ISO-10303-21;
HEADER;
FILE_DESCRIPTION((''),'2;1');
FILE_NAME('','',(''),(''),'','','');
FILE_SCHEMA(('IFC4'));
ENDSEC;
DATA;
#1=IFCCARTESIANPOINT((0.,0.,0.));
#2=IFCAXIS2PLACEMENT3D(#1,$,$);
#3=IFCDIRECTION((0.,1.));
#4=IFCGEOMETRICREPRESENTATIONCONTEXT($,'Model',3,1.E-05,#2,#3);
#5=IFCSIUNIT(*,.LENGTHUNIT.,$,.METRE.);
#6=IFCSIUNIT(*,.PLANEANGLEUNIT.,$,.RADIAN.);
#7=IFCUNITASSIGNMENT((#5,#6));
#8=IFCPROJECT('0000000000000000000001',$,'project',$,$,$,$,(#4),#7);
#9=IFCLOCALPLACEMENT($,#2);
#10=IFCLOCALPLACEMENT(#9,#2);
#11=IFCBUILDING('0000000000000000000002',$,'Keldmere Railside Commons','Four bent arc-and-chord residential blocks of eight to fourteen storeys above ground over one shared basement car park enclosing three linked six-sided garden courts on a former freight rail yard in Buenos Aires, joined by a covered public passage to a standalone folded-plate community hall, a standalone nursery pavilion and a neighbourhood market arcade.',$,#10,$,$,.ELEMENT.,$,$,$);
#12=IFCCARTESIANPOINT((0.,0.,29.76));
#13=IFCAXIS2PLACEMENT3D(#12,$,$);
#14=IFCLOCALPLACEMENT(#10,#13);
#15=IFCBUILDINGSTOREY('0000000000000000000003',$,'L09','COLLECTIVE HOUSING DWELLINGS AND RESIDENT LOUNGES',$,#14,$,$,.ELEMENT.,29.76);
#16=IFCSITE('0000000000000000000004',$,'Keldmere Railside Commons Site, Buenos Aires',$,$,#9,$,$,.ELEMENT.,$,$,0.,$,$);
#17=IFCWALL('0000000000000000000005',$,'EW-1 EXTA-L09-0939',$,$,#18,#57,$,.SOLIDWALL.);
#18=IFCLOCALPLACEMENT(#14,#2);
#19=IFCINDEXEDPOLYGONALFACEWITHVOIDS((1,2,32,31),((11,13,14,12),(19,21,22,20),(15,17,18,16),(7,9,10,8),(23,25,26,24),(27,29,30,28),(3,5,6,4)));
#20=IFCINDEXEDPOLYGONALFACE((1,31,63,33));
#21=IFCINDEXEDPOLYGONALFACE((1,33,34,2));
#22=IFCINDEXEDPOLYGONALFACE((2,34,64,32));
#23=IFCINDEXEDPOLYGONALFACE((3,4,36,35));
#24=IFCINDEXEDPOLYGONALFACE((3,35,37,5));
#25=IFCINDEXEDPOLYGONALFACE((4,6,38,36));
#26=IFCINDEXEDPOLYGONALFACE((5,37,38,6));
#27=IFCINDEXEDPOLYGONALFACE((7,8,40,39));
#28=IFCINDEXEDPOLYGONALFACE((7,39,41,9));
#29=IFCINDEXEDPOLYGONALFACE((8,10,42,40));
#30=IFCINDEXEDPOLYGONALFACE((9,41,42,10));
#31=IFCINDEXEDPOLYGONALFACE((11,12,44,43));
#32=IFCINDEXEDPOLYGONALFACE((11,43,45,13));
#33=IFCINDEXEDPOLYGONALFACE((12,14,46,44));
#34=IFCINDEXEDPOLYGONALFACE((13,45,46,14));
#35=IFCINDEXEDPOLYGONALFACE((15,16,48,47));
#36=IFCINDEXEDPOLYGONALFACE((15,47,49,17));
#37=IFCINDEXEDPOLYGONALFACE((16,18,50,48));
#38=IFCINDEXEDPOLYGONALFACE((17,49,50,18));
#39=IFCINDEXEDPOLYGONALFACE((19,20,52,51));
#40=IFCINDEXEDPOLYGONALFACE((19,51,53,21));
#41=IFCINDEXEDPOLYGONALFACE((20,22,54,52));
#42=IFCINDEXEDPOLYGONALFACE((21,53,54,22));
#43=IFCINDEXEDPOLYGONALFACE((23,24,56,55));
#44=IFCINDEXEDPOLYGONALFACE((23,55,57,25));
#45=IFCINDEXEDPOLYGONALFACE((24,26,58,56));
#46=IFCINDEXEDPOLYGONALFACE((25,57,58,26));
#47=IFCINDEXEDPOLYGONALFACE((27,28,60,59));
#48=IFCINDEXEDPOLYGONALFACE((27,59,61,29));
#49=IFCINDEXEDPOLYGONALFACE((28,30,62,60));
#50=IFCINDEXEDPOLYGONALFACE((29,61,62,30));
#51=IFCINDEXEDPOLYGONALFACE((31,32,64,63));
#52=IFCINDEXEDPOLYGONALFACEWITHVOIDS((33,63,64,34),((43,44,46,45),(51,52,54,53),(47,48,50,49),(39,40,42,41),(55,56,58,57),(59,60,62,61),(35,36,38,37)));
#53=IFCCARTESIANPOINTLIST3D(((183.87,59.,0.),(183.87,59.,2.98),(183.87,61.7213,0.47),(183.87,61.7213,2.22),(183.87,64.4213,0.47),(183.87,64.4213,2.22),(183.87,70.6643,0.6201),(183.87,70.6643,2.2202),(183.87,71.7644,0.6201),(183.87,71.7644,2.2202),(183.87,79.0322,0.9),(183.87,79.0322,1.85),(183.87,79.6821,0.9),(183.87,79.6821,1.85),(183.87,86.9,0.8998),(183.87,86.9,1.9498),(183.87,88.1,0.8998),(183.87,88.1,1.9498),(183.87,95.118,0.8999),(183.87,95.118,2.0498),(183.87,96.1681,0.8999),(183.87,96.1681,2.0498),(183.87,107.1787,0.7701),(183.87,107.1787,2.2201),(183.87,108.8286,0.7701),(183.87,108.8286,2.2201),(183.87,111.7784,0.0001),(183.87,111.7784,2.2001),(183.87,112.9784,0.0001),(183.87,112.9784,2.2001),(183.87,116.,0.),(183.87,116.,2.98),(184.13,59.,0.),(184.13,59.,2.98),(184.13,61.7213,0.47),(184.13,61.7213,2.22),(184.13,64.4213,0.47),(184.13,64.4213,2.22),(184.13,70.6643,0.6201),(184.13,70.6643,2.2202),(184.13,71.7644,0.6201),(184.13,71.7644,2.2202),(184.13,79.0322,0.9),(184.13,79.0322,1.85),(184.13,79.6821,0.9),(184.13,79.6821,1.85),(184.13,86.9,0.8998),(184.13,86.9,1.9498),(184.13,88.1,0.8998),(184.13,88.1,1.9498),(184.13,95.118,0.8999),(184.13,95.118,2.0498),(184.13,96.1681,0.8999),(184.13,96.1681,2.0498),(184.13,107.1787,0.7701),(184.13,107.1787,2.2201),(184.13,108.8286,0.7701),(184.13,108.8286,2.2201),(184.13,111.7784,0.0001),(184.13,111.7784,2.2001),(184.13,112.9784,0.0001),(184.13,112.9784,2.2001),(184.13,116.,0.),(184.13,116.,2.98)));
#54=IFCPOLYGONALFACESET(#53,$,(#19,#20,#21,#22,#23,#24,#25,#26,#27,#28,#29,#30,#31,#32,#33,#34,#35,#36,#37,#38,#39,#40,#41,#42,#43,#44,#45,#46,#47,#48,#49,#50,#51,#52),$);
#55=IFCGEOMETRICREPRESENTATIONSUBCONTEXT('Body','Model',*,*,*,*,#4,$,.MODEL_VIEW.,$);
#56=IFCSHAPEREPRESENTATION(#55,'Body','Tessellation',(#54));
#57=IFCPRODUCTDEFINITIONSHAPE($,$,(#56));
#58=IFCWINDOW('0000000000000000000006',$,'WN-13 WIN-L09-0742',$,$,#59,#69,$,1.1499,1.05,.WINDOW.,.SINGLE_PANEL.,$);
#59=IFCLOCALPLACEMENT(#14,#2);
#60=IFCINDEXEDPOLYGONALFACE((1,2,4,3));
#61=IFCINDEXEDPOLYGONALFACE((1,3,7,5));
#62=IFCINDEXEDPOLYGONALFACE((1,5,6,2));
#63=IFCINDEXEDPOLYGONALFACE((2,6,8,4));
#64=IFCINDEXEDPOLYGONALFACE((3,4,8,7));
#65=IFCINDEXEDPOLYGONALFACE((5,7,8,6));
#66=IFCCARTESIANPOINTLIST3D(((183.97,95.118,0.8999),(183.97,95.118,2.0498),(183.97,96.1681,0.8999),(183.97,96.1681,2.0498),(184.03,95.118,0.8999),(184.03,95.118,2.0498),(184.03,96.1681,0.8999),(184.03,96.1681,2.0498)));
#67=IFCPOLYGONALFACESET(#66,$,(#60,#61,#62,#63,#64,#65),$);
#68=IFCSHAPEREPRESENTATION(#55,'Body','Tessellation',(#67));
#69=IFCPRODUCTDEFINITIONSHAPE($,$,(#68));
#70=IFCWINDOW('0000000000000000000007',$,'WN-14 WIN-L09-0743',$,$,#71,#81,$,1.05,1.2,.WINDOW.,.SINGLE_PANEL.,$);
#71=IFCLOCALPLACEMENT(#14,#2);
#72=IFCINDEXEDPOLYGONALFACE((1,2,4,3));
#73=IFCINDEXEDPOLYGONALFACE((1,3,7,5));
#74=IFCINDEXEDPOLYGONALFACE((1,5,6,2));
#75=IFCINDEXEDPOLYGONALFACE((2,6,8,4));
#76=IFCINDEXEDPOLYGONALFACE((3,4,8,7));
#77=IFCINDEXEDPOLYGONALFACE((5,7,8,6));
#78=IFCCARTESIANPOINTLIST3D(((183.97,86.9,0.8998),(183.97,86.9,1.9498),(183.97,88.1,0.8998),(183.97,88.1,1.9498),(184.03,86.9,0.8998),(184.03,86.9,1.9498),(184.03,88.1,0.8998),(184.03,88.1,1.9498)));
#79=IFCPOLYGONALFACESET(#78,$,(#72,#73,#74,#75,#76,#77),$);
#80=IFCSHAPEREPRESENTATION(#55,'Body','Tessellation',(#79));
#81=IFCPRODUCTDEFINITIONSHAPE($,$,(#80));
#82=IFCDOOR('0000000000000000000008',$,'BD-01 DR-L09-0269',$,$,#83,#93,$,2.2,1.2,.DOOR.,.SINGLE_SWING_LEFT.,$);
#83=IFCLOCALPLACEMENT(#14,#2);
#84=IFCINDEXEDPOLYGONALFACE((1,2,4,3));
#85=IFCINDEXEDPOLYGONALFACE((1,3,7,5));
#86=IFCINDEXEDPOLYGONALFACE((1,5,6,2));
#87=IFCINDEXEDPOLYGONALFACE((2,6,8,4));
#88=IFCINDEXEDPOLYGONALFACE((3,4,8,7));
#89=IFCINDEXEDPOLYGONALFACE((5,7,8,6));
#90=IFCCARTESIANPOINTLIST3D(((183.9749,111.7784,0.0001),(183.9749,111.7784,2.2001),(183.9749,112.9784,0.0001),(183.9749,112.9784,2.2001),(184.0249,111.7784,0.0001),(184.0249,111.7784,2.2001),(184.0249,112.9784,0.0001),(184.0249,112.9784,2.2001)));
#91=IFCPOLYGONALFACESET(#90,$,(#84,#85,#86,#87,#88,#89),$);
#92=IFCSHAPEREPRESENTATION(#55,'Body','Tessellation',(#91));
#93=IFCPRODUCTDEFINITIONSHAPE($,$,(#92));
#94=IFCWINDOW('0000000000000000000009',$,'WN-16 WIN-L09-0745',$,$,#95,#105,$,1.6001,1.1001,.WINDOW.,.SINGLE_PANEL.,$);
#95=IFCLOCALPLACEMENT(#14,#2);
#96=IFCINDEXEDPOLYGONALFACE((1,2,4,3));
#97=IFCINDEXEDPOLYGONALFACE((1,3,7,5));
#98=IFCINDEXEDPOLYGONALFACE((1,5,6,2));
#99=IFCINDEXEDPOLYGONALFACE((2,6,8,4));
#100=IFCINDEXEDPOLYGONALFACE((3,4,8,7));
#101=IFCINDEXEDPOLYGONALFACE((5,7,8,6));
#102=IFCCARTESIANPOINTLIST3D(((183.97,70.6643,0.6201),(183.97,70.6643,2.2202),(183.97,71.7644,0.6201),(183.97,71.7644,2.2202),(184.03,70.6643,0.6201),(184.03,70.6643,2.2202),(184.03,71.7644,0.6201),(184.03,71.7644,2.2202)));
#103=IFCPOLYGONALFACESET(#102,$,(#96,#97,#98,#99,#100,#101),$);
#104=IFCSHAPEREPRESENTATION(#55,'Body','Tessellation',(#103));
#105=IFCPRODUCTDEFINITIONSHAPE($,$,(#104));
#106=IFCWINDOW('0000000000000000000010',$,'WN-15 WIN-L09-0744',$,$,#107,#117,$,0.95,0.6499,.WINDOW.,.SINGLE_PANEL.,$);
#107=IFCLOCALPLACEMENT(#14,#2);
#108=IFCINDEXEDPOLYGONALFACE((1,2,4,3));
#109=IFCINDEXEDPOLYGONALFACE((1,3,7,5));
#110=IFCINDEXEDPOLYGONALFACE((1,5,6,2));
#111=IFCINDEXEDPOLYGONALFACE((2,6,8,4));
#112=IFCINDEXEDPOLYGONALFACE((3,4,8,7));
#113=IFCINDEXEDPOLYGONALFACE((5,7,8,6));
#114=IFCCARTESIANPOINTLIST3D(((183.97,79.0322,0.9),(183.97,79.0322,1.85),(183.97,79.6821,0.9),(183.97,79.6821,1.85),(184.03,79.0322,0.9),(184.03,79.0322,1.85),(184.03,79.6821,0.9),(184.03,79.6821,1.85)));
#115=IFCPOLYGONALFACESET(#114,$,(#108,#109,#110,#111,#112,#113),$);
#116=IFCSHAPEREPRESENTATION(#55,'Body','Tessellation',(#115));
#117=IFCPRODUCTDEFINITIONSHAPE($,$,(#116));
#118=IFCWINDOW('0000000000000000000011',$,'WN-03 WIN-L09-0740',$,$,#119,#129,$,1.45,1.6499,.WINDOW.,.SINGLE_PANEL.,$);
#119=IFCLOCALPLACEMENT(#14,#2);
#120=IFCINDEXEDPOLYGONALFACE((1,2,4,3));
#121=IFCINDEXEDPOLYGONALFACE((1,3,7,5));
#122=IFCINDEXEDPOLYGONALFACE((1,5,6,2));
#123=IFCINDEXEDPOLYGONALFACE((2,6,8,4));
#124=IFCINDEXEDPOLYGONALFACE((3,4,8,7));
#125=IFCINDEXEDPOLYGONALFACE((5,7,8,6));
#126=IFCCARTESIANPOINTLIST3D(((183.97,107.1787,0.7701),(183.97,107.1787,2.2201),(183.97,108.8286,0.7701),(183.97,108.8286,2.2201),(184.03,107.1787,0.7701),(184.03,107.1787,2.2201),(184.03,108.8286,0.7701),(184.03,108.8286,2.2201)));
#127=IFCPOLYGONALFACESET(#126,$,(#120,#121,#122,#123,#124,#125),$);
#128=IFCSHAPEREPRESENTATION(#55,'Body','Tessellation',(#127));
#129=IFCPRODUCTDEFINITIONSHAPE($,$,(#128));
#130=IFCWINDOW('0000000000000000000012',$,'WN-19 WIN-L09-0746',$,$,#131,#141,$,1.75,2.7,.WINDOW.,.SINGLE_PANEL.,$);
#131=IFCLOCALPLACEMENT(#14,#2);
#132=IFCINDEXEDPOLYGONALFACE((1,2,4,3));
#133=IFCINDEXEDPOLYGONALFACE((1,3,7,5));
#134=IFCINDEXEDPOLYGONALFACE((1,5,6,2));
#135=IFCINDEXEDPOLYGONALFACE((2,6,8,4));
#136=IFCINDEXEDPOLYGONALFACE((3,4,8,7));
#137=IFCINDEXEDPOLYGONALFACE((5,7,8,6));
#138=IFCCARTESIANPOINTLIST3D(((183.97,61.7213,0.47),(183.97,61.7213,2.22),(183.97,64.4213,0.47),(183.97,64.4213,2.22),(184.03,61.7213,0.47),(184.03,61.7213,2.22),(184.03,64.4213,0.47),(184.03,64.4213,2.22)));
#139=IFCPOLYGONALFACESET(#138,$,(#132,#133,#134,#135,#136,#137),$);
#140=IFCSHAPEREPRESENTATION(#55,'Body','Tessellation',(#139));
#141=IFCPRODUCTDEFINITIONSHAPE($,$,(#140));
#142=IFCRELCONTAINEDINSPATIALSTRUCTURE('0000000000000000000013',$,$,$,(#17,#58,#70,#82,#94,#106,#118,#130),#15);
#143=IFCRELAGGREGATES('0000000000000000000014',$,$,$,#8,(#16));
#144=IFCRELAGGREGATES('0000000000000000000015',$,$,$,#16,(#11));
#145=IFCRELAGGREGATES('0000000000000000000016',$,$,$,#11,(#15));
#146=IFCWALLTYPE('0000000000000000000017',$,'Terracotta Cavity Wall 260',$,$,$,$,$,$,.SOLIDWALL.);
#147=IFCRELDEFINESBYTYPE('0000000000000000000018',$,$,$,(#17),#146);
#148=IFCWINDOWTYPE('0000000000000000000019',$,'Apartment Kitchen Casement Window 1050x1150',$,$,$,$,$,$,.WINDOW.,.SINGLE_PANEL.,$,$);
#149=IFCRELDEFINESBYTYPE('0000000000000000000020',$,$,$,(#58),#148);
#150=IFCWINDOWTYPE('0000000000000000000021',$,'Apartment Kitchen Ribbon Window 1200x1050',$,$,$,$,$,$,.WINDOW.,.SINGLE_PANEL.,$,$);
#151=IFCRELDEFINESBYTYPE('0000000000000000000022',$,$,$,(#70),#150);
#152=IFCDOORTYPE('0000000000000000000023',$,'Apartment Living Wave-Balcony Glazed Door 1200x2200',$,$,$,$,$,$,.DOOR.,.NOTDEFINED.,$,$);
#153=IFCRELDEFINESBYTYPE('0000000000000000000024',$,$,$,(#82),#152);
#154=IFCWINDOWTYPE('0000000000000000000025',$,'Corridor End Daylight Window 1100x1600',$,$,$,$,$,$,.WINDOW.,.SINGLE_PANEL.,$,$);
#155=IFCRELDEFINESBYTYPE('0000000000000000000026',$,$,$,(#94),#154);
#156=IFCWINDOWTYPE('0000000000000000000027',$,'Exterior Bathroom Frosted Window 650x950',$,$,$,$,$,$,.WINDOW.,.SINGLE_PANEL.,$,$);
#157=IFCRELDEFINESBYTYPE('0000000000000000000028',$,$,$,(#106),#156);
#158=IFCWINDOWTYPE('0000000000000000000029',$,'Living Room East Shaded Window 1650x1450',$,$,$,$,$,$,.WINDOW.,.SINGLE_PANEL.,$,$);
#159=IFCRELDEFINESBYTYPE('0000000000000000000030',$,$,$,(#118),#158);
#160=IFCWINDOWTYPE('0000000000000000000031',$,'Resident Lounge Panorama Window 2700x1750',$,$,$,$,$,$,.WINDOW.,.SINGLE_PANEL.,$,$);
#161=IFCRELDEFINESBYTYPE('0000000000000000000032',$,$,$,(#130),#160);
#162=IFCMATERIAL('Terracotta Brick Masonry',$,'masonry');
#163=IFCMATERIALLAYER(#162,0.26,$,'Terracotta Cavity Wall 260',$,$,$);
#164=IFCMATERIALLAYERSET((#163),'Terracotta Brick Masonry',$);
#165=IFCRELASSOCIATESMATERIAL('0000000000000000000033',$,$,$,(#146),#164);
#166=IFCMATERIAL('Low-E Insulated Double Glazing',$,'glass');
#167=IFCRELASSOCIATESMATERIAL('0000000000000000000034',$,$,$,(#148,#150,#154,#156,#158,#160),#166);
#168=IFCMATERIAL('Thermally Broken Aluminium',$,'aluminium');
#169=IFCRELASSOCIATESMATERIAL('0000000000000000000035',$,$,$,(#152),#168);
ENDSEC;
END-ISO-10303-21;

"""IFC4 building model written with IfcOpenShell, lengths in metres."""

from ifc_helpers import new_model, si_unit, direction, frame, frame_2d, origin, place, context, subcontext, project, spatial, rectangle, extrude, material, layer, layer_set, type_object, element, fill, save


model = new_model("IFC4")

# Units and contexts
model_context = context("Model", 3, precision=1e-05, world=origin(), true_north=direction((0.0, 1.0)))
body_context = subcontext(model_context, "Body", "Model", "MODEL_VIEW")
ifc_project = project(units=[si_unit("LENGTHUNIT", "METRE"), si_unit("PLANEANGLEUNIT", "RADIAN")], contexts=[model_context])

# Site, building, storey
site_placement = place(None, origin())
site = spatial("IfcSite", under=ifc_project, at=site_placement, Name="Keldmere Railside Commons Site, Buenos Aires", CompositionType="ELEMENT", RefElevation=0.0)
building_placement = place(site_placement, origin())
building = spatial("IfcBuilding", under=site, at=building_placement, Name="Keldmere Railside Commons", Description="Four bent arc-and-chord residential blocks of eight to fourteen storeys above ground over one shared basement car park enclosing three linked six-sided garden courts on a former freight rail yard in Buenos Aires, joined by a covered public passage to a standalone folded-plate community hall, a standalone nursery pavilion and a neighbourhood market arcade.", CompositionType="ELEMENT")
storey_placement = place(building_placement, frame((0.0, 0.0, 29.76)))
storey = spatial("IfcBuildingStorey", under=building, at=storey_placement, Name="L09", Description="COLLECTIVE HOUSING DWELLINGS AND RESIDENT LOUNGES", CompositionType="ELEMENT", Elevation=29.76)

# Wall, openings, windows, door
ifc_material_1 = material(Name="Terracotta Brick Masonry", Category="masonry")
ifc_layer = layer(ifc_material_1, 0.26, Name="Terracotta Cavity Wall 260")
ifc_layer_set = layer_set([ifc_layer], Name="Terracotta Brick Masonry")
wall_type = type_object("IfcWallType", Name="Terracotta Cavity Wall 260", PredefinedType="SOLIDWALL", material=ifc_layer_set)
wall_placement = place(storey_placement, frame((184.0, 116.0, 0.0), z_axis=(0.0, 0.0, 1.0), x_axis=(0.0, -1.0, 0.0)))
wall = element("IfcWall", 1, at=wall_placement, inside=storey, type_object=wall_type, Name="EW-1 EXTA-L09-0939", PredefinedType="SOLIDWALL", context=body_context, shape_type="SweptSolid", body=[
    extrude(rectangle(XDim=57.0, YDim=0.26, at=frame_2d((28.5, 0.0))), origin(), (0.0, 0.0, 1.0), 2.98),
])
opening_1_placement = place(wall_placement, frame((3.0215, 0.0, 0.0)))
opening_1 = element("IfcOpeningElement", 2, at=opening_1_placement, cuts=wall, PredefinedType="OPENING", context=body_context, shape_type="SweptSolid", body=[
    extrude(rectangle(XDim=1.2, YDim=2.2, at=frame_2d((0.6001, 1.1001))), frame((0.0, 0.1399, 0.0), z_axis=(0.0, -1.0, 0.0), x_axis=(1.0, 0.0, 0.0)), (0.0, 0.0, 1.0), 0.28),
])
opening_2_placement = place(wall_placement, frame((7.1714, 0.0, 0.77)))
opening_2 = element("IfcOpeningElement", 3, at=opening_2_placement, cuts=wall, PredefinedType="OPENING", context=body_context, shape_type="SweptSolid", body=[
    extrude(rectangle(XDim=1.6499, YDim=1.45, at=frame_2d((0.825, 0.7251))), frame((0.0, 0.1399, 0.0), z_axis=(0.0, -1.0, 0.0), x_axis=(1.0, 0.0, 0.0)), (0.0, 0.0, 1.0), 0.28),
])
opening_3_placement = place(wall_placement, frame((19.832, 0.0, 0.8999)))
opening_3 = element("IfcOpeningElement", 4, at=opening_3_placement, cuts=wall, PredefinedType="OPENING", context=body_context, shape_type="SweptSolid", body=[
    extrude(rectangle(XDim=1.05, YDim=1.1499, at=frame_2d((0.5249, 0.575))), frame((0.0, 0.1399, 0.0), z_axis=(0.0, -1.0, 0.0), x_axis=(1.0, 0.0, 0.0)), (0.0, 0.0, 1.0), 0.28),
])
opening_4_placement = place(wall_placement, frame((27.8999, 0.0, 0.8999)))
opening_4 = element("IfcOpeningElement", 5, at=opening_4_placement, cuts=wall, PredefinedType="OPENING", context=body_context, shape_type="SweptSolid", body=[
    extrude(rectangle(XDim=1.2, YDim=1.05, at=frame_2d((0.6001, 0.5249))), frame((0.0, 0.1399, 0.0), z_axis=(0.0, -1.0, 0.0), x_axis=(1.0, 0.0, 0.0)), (0.0, 0.0, 1.0), 0.28),
])
opening_5_placement = place(wall_placement, frame((36.3179, 0.0, 0.8999)))
opening_5 = element("IfcOpeningElement", 6, at=opening_5_placement, cuts=wall, PredefinedType="OPENING", context=body_context, shape_type="SweptSolid", body=[
    extrude(rectangle(XDim=0.6499, YDim=0.95, at=frame_2d((0.325, 0.4751))), frame((0.0, 0.1399, 0.0), z_axis=(0.0, -1.0, 0.0), x_axis=(1.0, 0.0, 0.0)), (0.0, 0.0, 1.0), 0.28),
])
opening_6_placement = place(wall_placement, frame((44.2356, 0.0, 0.6201)))
opening_6 = element("IfcOpeningElement", 7, at=opening_6_placement, cuts=wall, PredefinedType="OPENING", context=body_context, shape_type="SweptSolid", body=[
    extrude(rectangle(XDim=1.1001, YDim=1.6001, at=frame_2d((0.55, 0.8))), frame((0.0, 0.1399, 0.0), z_axis=(0.0, -1.0, 0.0), x_axis=(1.0, 0.0, 0.0)), (0.0, 0.0, 1.0), 0.28),
])
opening_7_placement = place(wall_placement, frame((51.5786, 0.0, 0.47)))
opening_7 = element("IfcOpeningElement", 8, at=opening_7_placement, cuts=wall, PredefinedType="OPENING", context=body_context, shape_type="SweptSolid", body=[
    extrude(rectangle(XDim=2.7, YDim=1.75, at=frame_2d((1.3501, 0.875))), frame((0.0, 0.1399, 0.0), z_axis=(0.0, -1.0, 0.0), x_axis=(1.0, 0.0, 0.0)), (0.0, 0.0, 1.0), 0.28),
])
ifc_material_2 = material(Name="Low-E Insulated Double Glazing", Category="glass")
window_type_1 = type_object("IfcWindowType", Name="Apartment Kitchen Casement Window 1050x1150", PartitioningType="SINGLE_PANEL", PredefinedType="WINDOW", material=ifc_material_2)
window_1_placement = place(opening_3_placement, origin())
window_1 = element("IfcWindow", 9, at=window_1_placement, inside=storey, type_object=window_type_1, Name="WN-13 WIN-L09-0742", OverallHeight=1.1499, OverallWidth=1.05, PartitioningType="SINGLE_PANEL", PredefinedType="WINDOW", context=body_context, shape_type="SweptSolid", body=[
    extrude(rectangle(XDim=1.05, YDim=1.1499, at=frame_2d((0.5249, 0.575))), frame((0.0, 0.03, 0.0), z_axis=(0.0, -1.0, 0.0), x_axis=(1.0, 0.0, 0.0)), (0.0, 0.0, 1.0), 0.0601),
])
fill(opening_3, window_1)
window_type_2 = type_object("IfcWindowType", Name="Apartment Kitchen Ribbon Window 1200x1050", PartitioningType="SINGLE_PANEL", PredefinedType="WINDOW", material=ifc_material_2)
window_2_placement = place(opening_4_placement, origin())
window_2 = element("IfcWindow", 10, at=window_2_placement, inside=storey, type_object=window_type_2, Name="WN-14 WIN-L09-0743", OverallHeight=1.05, OverallWidth=1.2, PartitioningType="SINGLE_PANEL", PredefinedType="WINDOW", context=body_context, shape_type="SweptSolid", body=[
    extrude(rectangle(XDim=1.2, YDim=1.05, at=frame_2d((0.6001, 0.5249))), frame((0.0, 0.03, 0.0), z_axis=(0.0, -1.0, 0.0), x_axis=(1.0, 0.0, 0.0)), (0.0, 0.0, 1.0), 0.0601),
])
fill(opening_4, window_2)
ifc_material_3 = material(Name="Thermally Broken Aluminium", Category="aluminium")
door_type = type_object("IfcDoorType", Name="Apartment Living Wave-Balcony Glazed Door 1200x2200", OperationType="NOTDEFINED", PredefinedType="DOOR", material=ifc_material_3)
door_placement = place(opening_1_placement, origin())
door = element("IfcDoor", 11, at=door_placement, inside=storey, type_object=door_type, Name="BD-01 DR-L09-0269", OperationType="SINGLE_SWING_LEFT", OverallHeight=2.2, OverallWidth=1.2, PredefinedType="DOOR", context=body_context, shape_type="SweptSolid", body=[
    extrude(rectangle(XDim=1.2, YDim=2.2, at=frame_2d((0.6001, 1.1001))), frame((0.0, 0.0249, 0.0), z_axis=(0.0, -1.0, 0.0), x_axis=(1.0, 0.0, 0.0)), (0.0, 0.0, 1.0), 0.05),
])
fill(opening_1, door)
window_type_3 = type_object("IfcWindowType", Name="Corridor End Daylight Window 1100x1600", PartitioningType="SINGLE_PANEL", PredefinedType="WINDOW", material=ifc_material_2)
window_3_placement = place(opening_6_placement, origin())
window_3 = element("IfcWindow", 12, at=window_3_placement, inside=storey, type_object=window_type_3, Name="WN-16 WIN-L09-0745", OverallHeight=1.6001, OverallWidth=1.1001, PartitioningType="SINGLE_PANEL", PredefinedType="WINDOW", context=body_context, shape_type="SweptSolid", body=[
    extrude(rectangle(XDim=1.1001, YDim=1.6001, at=frame_2d((0.55, 0.8))), frame((0.0, 0.03, 0.0), z_axis=(0.0, -1.0, 0.0), x_axis=(1.0, 0.0, 0.0)), (0.0, 0.0, 1.0), 0.0601),
])
fill(opening_6, window_3)
window_type_4 = type_object("IfcWindowType", Name="Exterior Bathroom Frosted Window 650x950", PartitioningType="SINGLE_PANEL", PredefinedType="WINDOW", material=ifc_material_2)
window_4_placement = place(opening_5_placement, origin())
window_4 = element("IfcWindow", 13, at=window_4_placement, inside=storey, type_object=window_type_4, Name="WN-15 WIN-L09-0744", OverallHeight=0.95, OverallWidth=0.6499, PartitioningType="SINGLE_PANEL", PredefinedType="WINDOW", context=body_context, shape_type="SweptSolid", body=[
    extrude(rectangle(XDim=0.6499, YDim=0.95, at=frame_2d((0.325, 0.4751))), frame((0.0, 0.03, 0.0), z_axis=(0.0, -1.0, 0.0), x_axis=(1.0, 0.0, 0.0)), (0.0, 0.0, 1.0), 0.0601),
])
fill(opening_5, window_4)
window_type_5 = type_object("IfcWindowType", Name="Living Room East Shaded Window 1650x1450", PartitioningType="SINGLE_PANEL", PredefinedType="WINDOW", material=ifc_material_2)
window_5_placement = place(opening_2_placement, origin())
window_5 = element("IfcWindow", 14, at=window_5_placement, inside=storey, type_object=window_type_5, Name="WN-03 WIN-L09-0740", OverallHeight=1.45, OverallWidth=1.6499, PartitioningType="SINGLE_PANEL", PredefinedType="WINDOW", context=body_context, shape_type="SweptSolid", body=[
    extrude(rectangle(XDim=1.6499, YDim=1.45, at=frame_2d((0.825, 0.7251))), frame((0.0, 0.03, 0.0), z_axis=(0.0, -1.0, 0.0), x_axis=(1.0, 0.0, 0.0)), (0.0, 0.0, 1.0), 0.0601),
])
fill(opening_2, window_5)
window_type_6 = type_object("IfcWindowType", Name="Resident Lounge Panorama Window 2700x1750", PartitioningType="SINGLE_PANEL", PredefinedType="WINDOW", material=ifc_material_2)
window_6_placement = place(opening_7_placement, origin())
window_6 = element("IfcWindow", 15, at=window_6_placement, inside=storey, type_object=window_type_6, Name="WN-19 WIN-L09-0746", OverallHeight=1.75, OverallWidth=2.7, PartitioningType="SINGLE_PANEL", PredefinedType="WINDOW", context=body_context, shape_type="SweptSolid", body=[
    extrude(rectangle(XDim=2.7, YDim=1.75, at=frame_2d((1.3501, 0.875))), frame((0.0, 0.03, 0.0), z_axis=(0.0, -1.0, 0.0), x_axis=(1.0, 0.0, 0.0)), (0.0, 0.0, 1.0), 0.0601),
])
fill(opening_7, window_6)

save(model, "model.ifc")
